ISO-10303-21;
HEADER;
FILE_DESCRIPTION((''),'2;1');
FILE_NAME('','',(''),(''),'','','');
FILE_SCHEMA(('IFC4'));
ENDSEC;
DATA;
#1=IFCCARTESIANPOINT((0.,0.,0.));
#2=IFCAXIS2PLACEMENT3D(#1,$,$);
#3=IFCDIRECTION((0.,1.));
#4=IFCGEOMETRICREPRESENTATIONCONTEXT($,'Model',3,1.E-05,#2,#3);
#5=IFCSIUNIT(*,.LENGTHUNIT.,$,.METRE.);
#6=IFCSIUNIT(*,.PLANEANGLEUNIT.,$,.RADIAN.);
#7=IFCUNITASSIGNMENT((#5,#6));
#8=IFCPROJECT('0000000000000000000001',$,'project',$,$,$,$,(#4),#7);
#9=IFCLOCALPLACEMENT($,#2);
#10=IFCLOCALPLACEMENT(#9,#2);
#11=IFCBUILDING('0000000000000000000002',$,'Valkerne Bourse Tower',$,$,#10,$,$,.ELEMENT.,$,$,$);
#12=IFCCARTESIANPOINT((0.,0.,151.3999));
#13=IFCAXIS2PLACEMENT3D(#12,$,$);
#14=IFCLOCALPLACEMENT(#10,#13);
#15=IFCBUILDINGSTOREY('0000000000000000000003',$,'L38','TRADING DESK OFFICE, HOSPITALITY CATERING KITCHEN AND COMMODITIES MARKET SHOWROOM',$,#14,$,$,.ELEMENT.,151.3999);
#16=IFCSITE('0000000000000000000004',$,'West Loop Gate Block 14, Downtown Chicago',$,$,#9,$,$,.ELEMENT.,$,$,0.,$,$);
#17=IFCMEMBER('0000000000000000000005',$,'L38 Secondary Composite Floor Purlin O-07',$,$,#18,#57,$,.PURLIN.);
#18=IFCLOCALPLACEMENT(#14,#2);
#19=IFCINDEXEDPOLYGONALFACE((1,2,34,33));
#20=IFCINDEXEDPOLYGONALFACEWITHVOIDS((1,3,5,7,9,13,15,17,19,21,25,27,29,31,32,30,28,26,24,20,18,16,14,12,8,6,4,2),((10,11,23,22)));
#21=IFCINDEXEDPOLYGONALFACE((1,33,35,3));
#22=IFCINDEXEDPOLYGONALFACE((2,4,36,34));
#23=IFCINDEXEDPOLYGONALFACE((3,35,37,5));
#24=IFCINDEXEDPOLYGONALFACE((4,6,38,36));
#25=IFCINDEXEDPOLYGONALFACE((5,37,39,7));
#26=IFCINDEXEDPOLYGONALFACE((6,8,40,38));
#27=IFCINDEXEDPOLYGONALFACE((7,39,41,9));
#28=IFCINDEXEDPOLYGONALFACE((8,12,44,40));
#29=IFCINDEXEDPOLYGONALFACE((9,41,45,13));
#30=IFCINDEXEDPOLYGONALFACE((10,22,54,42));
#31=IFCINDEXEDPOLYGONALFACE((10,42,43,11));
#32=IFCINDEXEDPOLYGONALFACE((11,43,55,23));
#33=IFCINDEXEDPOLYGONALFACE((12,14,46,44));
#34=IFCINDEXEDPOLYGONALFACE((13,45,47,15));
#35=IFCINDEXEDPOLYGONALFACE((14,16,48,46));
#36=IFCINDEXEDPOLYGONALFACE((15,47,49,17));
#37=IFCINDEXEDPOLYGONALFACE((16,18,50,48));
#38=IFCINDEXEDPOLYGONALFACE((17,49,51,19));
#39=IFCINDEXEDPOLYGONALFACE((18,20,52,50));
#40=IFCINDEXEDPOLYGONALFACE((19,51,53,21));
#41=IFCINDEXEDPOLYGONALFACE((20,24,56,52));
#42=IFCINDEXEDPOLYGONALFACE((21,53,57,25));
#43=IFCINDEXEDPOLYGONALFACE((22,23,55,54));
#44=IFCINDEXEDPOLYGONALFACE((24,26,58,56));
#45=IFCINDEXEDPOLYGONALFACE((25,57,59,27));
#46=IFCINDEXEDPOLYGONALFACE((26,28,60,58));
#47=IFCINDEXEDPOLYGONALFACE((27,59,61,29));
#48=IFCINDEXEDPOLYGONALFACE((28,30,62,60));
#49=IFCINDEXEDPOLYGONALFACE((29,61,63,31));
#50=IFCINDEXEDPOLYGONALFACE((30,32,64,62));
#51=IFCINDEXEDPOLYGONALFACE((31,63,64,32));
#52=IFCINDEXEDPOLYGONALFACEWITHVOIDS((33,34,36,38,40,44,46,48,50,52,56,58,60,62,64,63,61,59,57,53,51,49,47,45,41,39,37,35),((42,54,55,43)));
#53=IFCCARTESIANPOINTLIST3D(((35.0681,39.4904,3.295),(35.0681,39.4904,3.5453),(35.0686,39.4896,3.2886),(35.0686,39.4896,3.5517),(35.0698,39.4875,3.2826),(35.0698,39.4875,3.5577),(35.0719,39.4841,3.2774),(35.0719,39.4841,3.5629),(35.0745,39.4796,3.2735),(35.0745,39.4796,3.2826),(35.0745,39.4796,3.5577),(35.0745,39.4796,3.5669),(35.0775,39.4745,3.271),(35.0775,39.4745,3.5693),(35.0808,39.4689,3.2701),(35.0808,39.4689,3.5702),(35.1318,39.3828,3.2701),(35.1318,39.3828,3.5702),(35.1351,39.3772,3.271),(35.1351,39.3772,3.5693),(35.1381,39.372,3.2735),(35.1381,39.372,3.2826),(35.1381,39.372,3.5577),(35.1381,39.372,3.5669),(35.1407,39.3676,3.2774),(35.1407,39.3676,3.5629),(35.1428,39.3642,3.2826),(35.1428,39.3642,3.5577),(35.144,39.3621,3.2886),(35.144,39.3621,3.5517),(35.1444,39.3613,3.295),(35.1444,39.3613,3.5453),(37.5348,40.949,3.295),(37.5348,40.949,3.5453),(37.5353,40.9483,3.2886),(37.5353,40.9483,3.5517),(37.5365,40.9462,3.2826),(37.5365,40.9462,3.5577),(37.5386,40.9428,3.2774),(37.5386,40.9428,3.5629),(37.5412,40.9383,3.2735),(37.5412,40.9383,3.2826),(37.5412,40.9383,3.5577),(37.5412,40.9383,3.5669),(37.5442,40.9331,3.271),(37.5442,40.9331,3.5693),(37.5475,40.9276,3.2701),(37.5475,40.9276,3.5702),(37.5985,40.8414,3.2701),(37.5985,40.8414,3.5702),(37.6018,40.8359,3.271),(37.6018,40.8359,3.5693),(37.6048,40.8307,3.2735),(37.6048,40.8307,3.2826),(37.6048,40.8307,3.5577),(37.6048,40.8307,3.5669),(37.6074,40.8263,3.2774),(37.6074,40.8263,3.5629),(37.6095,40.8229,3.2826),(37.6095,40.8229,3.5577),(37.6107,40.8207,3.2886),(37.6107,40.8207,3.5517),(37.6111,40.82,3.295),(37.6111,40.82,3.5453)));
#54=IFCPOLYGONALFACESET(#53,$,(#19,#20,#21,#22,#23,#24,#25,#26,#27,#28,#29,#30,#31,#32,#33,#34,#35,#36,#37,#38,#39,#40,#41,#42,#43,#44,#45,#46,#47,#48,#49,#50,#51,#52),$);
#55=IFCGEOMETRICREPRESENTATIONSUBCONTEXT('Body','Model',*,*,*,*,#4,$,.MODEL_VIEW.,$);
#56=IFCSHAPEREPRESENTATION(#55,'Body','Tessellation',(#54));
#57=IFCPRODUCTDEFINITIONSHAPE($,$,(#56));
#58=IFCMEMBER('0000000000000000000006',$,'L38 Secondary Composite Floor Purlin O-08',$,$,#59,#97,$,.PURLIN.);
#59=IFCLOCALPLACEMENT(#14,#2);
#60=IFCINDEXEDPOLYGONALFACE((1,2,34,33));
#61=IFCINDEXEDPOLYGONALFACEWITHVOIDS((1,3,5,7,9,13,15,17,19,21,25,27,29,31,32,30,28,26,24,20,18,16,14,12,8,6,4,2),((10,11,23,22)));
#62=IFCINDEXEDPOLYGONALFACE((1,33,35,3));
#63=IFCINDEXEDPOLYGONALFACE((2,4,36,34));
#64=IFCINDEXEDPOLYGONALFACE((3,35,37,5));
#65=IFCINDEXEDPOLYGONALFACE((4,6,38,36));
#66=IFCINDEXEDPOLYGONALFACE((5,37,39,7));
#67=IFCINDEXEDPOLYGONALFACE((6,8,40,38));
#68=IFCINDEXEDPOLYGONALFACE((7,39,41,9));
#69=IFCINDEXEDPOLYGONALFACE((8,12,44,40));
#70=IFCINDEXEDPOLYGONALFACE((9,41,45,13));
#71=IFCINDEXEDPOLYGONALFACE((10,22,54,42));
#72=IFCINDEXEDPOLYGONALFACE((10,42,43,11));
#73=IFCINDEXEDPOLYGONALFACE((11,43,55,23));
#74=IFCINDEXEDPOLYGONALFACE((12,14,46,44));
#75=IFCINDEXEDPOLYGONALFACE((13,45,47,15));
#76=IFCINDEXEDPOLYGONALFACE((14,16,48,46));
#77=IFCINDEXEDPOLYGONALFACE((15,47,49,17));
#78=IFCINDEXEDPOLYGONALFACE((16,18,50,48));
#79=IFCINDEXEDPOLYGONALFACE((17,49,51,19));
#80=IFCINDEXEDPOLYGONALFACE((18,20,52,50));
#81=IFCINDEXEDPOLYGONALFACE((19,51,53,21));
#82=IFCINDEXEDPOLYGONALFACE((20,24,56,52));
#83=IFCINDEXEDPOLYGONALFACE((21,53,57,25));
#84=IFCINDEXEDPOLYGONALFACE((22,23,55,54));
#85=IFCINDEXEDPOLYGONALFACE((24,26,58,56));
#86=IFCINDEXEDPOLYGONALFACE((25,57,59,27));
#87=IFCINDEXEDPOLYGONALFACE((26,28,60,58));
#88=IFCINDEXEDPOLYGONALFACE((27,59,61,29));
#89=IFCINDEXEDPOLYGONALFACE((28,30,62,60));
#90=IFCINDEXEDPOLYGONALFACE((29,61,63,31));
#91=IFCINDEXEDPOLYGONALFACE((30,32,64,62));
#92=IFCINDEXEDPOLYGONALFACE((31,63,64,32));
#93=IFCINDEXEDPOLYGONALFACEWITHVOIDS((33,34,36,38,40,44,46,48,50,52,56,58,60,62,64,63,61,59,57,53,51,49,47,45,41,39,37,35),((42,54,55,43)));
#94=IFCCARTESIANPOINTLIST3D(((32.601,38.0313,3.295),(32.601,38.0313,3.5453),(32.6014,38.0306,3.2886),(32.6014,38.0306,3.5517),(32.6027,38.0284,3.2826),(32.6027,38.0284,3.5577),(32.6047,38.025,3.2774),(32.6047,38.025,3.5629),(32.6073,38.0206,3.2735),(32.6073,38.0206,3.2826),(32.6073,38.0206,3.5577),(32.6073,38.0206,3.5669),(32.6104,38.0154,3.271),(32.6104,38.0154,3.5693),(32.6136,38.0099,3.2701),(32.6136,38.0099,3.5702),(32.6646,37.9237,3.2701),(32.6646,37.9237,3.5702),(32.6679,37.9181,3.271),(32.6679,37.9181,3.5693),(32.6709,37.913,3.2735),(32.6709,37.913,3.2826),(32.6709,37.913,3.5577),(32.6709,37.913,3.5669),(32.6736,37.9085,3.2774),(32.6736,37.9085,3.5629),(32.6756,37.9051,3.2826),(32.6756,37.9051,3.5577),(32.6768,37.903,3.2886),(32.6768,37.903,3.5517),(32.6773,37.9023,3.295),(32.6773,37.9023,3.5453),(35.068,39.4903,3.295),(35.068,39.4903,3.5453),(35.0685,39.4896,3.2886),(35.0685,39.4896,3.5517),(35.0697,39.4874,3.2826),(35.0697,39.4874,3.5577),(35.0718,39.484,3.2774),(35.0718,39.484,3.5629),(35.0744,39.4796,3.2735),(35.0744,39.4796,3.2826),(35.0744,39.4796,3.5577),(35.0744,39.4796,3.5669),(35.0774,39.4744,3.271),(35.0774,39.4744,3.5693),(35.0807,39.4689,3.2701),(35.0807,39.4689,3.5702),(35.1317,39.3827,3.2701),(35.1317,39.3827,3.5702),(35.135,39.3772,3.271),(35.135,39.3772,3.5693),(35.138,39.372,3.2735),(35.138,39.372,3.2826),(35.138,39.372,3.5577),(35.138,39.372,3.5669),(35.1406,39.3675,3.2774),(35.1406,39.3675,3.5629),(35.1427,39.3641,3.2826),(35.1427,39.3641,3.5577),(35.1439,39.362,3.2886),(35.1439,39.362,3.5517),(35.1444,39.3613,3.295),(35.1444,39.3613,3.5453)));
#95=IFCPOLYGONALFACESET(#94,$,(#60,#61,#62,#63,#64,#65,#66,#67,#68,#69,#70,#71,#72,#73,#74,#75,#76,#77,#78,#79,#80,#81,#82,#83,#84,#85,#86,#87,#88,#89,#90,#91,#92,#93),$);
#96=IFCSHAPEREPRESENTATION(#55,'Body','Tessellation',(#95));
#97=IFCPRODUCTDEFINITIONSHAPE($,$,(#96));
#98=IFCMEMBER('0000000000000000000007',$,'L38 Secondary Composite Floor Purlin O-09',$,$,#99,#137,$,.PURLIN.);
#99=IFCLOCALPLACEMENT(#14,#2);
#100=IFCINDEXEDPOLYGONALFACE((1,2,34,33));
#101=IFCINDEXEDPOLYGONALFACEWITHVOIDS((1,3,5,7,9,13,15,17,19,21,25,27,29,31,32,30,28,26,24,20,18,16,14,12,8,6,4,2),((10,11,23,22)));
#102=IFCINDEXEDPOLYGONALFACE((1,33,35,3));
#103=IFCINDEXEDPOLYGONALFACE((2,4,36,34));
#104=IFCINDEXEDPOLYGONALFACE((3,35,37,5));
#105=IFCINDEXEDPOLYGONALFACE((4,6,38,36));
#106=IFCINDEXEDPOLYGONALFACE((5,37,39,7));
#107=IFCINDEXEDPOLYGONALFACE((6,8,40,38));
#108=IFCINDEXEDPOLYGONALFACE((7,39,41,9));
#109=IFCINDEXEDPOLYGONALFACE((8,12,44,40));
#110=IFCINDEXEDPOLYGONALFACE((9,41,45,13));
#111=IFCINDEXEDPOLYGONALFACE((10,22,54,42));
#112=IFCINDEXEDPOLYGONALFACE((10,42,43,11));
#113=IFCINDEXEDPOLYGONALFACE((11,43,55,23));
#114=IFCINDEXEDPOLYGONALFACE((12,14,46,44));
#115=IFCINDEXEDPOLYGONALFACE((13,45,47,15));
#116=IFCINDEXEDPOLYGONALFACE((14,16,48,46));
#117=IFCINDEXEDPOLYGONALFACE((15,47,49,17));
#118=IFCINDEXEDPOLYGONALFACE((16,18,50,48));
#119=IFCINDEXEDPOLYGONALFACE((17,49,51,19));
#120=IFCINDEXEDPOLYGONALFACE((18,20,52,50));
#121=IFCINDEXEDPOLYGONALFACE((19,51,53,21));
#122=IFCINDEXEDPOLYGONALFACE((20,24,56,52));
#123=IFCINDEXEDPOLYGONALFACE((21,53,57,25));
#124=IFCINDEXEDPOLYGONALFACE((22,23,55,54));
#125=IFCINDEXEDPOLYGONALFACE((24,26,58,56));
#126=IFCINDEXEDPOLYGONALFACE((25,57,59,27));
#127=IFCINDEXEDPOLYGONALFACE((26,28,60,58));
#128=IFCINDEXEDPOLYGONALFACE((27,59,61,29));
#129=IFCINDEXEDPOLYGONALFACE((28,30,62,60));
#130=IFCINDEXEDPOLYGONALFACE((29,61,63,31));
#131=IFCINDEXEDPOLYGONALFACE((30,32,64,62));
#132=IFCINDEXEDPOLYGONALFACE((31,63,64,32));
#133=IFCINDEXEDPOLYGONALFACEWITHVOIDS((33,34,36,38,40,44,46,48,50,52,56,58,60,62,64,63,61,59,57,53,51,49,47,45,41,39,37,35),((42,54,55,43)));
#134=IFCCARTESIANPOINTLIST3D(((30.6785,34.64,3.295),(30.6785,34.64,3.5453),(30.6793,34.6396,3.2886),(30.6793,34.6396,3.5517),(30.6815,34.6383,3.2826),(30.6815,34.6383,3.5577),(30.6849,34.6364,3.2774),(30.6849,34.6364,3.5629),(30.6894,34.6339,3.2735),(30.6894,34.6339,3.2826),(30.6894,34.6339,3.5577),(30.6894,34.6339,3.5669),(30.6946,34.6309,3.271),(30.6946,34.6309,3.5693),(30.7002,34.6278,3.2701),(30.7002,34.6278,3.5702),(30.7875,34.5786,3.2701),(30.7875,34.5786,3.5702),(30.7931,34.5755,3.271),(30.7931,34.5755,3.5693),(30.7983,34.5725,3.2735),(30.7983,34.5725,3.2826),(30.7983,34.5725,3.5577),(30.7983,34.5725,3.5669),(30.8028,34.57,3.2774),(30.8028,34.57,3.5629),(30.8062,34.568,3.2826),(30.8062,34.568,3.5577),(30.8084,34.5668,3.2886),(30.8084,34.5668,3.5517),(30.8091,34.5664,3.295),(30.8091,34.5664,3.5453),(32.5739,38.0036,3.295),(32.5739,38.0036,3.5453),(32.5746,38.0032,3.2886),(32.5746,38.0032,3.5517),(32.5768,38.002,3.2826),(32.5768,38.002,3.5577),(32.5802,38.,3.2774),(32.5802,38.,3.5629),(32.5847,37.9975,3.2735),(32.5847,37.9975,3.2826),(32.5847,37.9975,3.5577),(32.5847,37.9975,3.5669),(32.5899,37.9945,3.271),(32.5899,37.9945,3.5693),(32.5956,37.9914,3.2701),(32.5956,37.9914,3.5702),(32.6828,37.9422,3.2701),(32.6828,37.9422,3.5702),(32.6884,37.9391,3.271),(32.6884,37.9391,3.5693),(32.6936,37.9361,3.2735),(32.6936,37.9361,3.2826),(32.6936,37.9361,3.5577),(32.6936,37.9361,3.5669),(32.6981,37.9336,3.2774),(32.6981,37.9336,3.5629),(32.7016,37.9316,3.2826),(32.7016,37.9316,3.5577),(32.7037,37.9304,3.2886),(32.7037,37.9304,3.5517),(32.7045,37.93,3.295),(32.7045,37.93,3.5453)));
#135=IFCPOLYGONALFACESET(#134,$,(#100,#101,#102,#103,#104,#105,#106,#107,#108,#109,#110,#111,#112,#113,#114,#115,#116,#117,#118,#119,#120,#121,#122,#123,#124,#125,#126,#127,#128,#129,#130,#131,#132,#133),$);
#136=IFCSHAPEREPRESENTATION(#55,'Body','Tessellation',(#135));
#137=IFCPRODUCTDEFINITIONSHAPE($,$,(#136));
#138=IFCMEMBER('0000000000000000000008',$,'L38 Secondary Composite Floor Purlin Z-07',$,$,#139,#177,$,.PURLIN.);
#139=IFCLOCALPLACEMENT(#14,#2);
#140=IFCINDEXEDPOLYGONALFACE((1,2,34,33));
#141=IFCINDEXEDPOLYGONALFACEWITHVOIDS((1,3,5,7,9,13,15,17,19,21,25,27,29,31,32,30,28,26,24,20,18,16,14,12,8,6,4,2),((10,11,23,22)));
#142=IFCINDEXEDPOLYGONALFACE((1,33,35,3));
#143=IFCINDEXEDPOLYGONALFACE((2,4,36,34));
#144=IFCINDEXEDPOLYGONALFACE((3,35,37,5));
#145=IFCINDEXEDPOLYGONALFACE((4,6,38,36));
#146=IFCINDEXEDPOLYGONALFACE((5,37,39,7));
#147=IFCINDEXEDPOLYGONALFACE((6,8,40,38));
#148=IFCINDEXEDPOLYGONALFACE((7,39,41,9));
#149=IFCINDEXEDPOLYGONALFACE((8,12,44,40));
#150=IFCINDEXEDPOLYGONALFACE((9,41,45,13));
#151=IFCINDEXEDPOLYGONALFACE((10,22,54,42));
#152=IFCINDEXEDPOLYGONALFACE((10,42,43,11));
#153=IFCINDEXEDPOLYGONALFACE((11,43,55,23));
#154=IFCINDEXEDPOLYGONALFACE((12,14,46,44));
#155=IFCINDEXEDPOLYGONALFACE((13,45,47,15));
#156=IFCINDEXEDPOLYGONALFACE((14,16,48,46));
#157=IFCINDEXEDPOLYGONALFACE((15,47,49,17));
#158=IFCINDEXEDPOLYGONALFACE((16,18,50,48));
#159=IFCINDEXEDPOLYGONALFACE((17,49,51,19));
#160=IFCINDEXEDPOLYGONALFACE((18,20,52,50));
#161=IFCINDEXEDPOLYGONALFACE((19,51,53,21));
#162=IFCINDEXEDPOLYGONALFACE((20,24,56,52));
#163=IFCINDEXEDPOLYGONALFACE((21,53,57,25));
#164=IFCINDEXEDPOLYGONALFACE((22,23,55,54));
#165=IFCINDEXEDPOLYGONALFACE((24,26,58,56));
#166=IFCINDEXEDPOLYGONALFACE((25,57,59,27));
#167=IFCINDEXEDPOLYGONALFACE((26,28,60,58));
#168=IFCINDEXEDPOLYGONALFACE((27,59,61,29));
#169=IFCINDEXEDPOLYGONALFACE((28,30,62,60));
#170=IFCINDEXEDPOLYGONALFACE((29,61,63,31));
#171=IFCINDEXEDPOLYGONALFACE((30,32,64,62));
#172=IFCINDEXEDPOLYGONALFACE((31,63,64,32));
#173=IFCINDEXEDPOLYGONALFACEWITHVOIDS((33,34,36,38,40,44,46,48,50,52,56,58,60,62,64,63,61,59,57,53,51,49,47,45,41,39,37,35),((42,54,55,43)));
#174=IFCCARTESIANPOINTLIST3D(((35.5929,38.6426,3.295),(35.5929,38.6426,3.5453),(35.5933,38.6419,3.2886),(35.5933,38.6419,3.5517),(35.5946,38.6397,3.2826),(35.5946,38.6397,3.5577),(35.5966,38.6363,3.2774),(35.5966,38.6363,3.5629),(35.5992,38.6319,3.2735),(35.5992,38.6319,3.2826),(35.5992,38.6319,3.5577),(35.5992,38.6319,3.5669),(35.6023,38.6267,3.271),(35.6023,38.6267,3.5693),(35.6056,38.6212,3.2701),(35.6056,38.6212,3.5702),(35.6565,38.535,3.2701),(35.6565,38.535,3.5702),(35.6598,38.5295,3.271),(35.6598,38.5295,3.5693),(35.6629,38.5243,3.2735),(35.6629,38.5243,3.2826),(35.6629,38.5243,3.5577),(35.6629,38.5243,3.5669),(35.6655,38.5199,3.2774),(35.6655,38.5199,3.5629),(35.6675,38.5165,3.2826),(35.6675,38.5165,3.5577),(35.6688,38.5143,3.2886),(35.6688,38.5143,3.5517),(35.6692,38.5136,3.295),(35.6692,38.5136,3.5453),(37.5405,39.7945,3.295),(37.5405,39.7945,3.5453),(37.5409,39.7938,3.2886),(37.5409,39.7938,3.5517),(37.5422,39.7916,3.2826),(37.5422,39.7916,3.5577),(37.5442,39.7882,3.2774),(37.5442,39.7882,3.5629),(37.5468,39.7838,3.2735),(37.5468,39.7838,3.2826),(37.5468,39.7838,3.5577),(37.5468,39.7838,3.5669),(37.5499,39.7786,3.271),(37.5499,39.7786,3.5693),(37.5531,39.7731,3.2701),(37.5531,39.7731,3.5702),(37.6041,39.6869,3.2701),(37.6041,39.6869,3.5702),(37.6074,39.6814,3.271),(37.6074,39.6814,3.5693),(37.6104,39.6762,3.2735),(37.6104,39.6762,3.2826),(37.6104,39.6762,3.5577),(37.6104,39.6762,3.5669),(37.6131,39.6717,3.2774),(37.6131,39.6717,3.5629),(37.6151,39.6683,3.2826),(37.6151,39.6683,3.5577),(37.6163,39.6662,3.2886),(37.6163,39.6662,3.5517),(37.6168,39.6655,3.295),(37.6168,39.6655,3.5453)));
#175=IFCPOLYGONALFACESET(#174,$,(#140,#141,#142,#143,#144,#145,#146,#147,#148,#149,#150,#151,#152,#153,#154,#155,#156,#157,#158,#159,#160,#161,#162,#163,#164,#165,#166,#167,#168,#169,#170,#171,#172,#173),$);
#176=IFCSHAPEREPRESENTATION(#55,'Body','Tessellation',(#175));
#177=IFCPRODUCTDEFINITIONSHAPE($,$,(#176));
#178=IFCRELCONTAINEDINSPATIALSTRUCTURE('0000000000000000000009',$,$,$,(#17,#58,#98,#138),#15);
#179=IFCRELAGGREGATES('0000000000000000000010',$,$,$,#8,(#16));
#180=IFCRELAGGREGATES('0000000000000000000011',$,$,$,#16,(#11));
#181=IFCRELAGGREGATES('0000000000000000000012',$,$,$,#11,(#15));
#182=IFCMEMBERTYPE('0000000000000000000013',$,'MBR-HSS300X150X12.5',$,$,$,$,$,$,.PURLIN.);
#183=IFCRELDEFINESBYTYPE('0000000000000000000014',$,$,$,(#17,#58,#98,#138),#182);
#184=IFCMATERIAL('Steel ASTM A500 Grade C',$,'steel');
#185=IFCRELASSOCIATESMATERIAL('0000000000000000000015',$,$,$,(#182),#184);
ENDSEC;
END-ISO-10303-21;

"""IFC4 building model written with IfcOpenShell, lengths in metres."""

from ifc_helpers import new_model, si_unit, direction, frame, origin, origin_2d, place, context, subcontext, project, spatial, hollow_rectangle, extrude, material, material_profile, profile_set, type_object, element, save


model = new_model("IFC4")

# Units and contexts
model_context = context("Model", 3, precision=1e-05, world=origin(), true_north=direction((0.0, 1.0)))
body_context = subcontext(model_context, "Body", "Model", "MODEL_VIEW")
ifc_project = project(units=[si_unit("LENGTHUNIT", "METRE"), si_unit("PLANEANGLEUNIT", "RADIAN")], contexts=[model_context])

# Site, building, storey
site_placement = place(None, origin())
site = spatial("IfcSite", under=ifc_project, at=site_placement, Name="West Loop Gate Block 14, Downtown Chicago", CompositionType="ELEMENT", RefElevation=0.0)
building_placement = place(site_placement, origin())
building = spatial("IfcBuilding", under=site, at=building_placement, Name="Valkerne Bourse Tower", CompositionType="ELEMENT")
storey_placement = place(building_placement, frame((0.0, 0.0, 151.3999)))
storey = spatial("IfcBuildingStorey", under=building, at=storey_placement, Name="L38", Description="TRADING DESK OFFICE, HOSPITALITY CATERING KITCHEN AND COMMODITIES MARKET SHOWROOM", CompositionType="ELEMENT", Elevation=151.3999)

# Members
ifc_material_1 = material(Name="Steel ASTM A500 Grade C", Category="steel")
ifc_material_profile_1 = material_profile(ifc_material_1, hollow_rectangle(XDim=0.1499, YDim=0.3, WallThickness=0.0125, OuterFilletRadius=0.0249, at=origin_2d()), Name="HSS300X150X12.5")
ifc_profile_set_1 = profile_set([ifc_material_profile_1], Name="Steel ASTM A500 Grade C")
member_type_1 = type_object("IfcMemberType", Name="MBR-HSS300X150X12.5", PredefinedType="PURLIN", material=ifc_profile_set_1)
member_1_placement = place(storey_placement, frame((37.573, 40.8845, 3.4202), z_axis=(-0.86076, -0.509011, 0.0), x_axis=(0.509011, -0.86076, 0.0)))
element("IfcMember", 1, at=member_1_placement, inside=storey, type_object=member_type_1, Name="L38 Secondary Composite Floor Purlin O-07", PredefinedType="PURLIN", context=body_context, shape_type="SweptSolid", body=[
    extrude(hollow_rectangle(XDim=0.1499, YDim=0.3, WallThickness=0.0125, OuterFilletRadius=0.0249, at=origin_2d()), origin(), (0.0, 0.0, 1.0), 2.8657),
])
member_2_placement = place(storey_placement, frame((35.1062, 39.4258, 3.4202), z_axis=(-0.860745, -0.509036, 0.0), x_axis=(0.509036, -0.860745, 0.0)))
element("IfcMember", 2, at=member_2_placement, inside=storey, type_object=member_type_1, Name="L38 Secondary Composite Floor Purlin O-08", PredefinedType="PURLIN", context=body_context, shape_type="SweptSolid", body=[
    extrude(hollow_rectangle(XDim=0.1499, YDim=0.3, WallThickness=0.0125, OuterFilletRadius=0.0249, at=origin_2d()), origin(), (0.0, 0.0, 1.0), 2.8662),
])
member_3_placement = place(storey_placement, frame((32.6392, 37.9668, 3.4202), z_axis=(-0.490907, -0.871212, 0.0), x_axis=(0.871212, -0.490907, 0.0)))
element("IfcMember", 3, at=member_3_placement, inside=storey, type_object=member_type_1, Name="L38 Secondary Composite Floor Purlin O-09", PredefinedType="PURLIN", context=body_context, shape_type="SweptSolid", body=[
    extrude(hollow_rectangle(XDim=0.1499, YDim=0.3, WallThickness=0.0125, OuterFilletRadius=0.0249, at=origin_2d()), origin(), (0.0, 0.0, 1.0), 3.8608),
])
member_4_placement = place(storey_placement, frame((37.5786, 39.73, 3.4202), z_axis=(-0.860722, -0.509075, 0.0), x_axis=(0.509075, -0.860722, 0.0)))
element("IfcMember", 4, at=member_4_placement, inside=storey, type_object=member_type_1, Name="L38 Secondary Composite Floor Purlin Z-07", PredefinedType="PURLIN", context=body_context, shape_type="SweptSolid", body=[
    extrude(hollow_rectangle(XDim=0.1499, YDim=0.3, WallThickness=0.0125, OuterFilletRadius=0.0249, at=origin_2d()), origin(), (0.0, 0.0, 1.0), 2.2627),
])

save(model, "model.ifc")
